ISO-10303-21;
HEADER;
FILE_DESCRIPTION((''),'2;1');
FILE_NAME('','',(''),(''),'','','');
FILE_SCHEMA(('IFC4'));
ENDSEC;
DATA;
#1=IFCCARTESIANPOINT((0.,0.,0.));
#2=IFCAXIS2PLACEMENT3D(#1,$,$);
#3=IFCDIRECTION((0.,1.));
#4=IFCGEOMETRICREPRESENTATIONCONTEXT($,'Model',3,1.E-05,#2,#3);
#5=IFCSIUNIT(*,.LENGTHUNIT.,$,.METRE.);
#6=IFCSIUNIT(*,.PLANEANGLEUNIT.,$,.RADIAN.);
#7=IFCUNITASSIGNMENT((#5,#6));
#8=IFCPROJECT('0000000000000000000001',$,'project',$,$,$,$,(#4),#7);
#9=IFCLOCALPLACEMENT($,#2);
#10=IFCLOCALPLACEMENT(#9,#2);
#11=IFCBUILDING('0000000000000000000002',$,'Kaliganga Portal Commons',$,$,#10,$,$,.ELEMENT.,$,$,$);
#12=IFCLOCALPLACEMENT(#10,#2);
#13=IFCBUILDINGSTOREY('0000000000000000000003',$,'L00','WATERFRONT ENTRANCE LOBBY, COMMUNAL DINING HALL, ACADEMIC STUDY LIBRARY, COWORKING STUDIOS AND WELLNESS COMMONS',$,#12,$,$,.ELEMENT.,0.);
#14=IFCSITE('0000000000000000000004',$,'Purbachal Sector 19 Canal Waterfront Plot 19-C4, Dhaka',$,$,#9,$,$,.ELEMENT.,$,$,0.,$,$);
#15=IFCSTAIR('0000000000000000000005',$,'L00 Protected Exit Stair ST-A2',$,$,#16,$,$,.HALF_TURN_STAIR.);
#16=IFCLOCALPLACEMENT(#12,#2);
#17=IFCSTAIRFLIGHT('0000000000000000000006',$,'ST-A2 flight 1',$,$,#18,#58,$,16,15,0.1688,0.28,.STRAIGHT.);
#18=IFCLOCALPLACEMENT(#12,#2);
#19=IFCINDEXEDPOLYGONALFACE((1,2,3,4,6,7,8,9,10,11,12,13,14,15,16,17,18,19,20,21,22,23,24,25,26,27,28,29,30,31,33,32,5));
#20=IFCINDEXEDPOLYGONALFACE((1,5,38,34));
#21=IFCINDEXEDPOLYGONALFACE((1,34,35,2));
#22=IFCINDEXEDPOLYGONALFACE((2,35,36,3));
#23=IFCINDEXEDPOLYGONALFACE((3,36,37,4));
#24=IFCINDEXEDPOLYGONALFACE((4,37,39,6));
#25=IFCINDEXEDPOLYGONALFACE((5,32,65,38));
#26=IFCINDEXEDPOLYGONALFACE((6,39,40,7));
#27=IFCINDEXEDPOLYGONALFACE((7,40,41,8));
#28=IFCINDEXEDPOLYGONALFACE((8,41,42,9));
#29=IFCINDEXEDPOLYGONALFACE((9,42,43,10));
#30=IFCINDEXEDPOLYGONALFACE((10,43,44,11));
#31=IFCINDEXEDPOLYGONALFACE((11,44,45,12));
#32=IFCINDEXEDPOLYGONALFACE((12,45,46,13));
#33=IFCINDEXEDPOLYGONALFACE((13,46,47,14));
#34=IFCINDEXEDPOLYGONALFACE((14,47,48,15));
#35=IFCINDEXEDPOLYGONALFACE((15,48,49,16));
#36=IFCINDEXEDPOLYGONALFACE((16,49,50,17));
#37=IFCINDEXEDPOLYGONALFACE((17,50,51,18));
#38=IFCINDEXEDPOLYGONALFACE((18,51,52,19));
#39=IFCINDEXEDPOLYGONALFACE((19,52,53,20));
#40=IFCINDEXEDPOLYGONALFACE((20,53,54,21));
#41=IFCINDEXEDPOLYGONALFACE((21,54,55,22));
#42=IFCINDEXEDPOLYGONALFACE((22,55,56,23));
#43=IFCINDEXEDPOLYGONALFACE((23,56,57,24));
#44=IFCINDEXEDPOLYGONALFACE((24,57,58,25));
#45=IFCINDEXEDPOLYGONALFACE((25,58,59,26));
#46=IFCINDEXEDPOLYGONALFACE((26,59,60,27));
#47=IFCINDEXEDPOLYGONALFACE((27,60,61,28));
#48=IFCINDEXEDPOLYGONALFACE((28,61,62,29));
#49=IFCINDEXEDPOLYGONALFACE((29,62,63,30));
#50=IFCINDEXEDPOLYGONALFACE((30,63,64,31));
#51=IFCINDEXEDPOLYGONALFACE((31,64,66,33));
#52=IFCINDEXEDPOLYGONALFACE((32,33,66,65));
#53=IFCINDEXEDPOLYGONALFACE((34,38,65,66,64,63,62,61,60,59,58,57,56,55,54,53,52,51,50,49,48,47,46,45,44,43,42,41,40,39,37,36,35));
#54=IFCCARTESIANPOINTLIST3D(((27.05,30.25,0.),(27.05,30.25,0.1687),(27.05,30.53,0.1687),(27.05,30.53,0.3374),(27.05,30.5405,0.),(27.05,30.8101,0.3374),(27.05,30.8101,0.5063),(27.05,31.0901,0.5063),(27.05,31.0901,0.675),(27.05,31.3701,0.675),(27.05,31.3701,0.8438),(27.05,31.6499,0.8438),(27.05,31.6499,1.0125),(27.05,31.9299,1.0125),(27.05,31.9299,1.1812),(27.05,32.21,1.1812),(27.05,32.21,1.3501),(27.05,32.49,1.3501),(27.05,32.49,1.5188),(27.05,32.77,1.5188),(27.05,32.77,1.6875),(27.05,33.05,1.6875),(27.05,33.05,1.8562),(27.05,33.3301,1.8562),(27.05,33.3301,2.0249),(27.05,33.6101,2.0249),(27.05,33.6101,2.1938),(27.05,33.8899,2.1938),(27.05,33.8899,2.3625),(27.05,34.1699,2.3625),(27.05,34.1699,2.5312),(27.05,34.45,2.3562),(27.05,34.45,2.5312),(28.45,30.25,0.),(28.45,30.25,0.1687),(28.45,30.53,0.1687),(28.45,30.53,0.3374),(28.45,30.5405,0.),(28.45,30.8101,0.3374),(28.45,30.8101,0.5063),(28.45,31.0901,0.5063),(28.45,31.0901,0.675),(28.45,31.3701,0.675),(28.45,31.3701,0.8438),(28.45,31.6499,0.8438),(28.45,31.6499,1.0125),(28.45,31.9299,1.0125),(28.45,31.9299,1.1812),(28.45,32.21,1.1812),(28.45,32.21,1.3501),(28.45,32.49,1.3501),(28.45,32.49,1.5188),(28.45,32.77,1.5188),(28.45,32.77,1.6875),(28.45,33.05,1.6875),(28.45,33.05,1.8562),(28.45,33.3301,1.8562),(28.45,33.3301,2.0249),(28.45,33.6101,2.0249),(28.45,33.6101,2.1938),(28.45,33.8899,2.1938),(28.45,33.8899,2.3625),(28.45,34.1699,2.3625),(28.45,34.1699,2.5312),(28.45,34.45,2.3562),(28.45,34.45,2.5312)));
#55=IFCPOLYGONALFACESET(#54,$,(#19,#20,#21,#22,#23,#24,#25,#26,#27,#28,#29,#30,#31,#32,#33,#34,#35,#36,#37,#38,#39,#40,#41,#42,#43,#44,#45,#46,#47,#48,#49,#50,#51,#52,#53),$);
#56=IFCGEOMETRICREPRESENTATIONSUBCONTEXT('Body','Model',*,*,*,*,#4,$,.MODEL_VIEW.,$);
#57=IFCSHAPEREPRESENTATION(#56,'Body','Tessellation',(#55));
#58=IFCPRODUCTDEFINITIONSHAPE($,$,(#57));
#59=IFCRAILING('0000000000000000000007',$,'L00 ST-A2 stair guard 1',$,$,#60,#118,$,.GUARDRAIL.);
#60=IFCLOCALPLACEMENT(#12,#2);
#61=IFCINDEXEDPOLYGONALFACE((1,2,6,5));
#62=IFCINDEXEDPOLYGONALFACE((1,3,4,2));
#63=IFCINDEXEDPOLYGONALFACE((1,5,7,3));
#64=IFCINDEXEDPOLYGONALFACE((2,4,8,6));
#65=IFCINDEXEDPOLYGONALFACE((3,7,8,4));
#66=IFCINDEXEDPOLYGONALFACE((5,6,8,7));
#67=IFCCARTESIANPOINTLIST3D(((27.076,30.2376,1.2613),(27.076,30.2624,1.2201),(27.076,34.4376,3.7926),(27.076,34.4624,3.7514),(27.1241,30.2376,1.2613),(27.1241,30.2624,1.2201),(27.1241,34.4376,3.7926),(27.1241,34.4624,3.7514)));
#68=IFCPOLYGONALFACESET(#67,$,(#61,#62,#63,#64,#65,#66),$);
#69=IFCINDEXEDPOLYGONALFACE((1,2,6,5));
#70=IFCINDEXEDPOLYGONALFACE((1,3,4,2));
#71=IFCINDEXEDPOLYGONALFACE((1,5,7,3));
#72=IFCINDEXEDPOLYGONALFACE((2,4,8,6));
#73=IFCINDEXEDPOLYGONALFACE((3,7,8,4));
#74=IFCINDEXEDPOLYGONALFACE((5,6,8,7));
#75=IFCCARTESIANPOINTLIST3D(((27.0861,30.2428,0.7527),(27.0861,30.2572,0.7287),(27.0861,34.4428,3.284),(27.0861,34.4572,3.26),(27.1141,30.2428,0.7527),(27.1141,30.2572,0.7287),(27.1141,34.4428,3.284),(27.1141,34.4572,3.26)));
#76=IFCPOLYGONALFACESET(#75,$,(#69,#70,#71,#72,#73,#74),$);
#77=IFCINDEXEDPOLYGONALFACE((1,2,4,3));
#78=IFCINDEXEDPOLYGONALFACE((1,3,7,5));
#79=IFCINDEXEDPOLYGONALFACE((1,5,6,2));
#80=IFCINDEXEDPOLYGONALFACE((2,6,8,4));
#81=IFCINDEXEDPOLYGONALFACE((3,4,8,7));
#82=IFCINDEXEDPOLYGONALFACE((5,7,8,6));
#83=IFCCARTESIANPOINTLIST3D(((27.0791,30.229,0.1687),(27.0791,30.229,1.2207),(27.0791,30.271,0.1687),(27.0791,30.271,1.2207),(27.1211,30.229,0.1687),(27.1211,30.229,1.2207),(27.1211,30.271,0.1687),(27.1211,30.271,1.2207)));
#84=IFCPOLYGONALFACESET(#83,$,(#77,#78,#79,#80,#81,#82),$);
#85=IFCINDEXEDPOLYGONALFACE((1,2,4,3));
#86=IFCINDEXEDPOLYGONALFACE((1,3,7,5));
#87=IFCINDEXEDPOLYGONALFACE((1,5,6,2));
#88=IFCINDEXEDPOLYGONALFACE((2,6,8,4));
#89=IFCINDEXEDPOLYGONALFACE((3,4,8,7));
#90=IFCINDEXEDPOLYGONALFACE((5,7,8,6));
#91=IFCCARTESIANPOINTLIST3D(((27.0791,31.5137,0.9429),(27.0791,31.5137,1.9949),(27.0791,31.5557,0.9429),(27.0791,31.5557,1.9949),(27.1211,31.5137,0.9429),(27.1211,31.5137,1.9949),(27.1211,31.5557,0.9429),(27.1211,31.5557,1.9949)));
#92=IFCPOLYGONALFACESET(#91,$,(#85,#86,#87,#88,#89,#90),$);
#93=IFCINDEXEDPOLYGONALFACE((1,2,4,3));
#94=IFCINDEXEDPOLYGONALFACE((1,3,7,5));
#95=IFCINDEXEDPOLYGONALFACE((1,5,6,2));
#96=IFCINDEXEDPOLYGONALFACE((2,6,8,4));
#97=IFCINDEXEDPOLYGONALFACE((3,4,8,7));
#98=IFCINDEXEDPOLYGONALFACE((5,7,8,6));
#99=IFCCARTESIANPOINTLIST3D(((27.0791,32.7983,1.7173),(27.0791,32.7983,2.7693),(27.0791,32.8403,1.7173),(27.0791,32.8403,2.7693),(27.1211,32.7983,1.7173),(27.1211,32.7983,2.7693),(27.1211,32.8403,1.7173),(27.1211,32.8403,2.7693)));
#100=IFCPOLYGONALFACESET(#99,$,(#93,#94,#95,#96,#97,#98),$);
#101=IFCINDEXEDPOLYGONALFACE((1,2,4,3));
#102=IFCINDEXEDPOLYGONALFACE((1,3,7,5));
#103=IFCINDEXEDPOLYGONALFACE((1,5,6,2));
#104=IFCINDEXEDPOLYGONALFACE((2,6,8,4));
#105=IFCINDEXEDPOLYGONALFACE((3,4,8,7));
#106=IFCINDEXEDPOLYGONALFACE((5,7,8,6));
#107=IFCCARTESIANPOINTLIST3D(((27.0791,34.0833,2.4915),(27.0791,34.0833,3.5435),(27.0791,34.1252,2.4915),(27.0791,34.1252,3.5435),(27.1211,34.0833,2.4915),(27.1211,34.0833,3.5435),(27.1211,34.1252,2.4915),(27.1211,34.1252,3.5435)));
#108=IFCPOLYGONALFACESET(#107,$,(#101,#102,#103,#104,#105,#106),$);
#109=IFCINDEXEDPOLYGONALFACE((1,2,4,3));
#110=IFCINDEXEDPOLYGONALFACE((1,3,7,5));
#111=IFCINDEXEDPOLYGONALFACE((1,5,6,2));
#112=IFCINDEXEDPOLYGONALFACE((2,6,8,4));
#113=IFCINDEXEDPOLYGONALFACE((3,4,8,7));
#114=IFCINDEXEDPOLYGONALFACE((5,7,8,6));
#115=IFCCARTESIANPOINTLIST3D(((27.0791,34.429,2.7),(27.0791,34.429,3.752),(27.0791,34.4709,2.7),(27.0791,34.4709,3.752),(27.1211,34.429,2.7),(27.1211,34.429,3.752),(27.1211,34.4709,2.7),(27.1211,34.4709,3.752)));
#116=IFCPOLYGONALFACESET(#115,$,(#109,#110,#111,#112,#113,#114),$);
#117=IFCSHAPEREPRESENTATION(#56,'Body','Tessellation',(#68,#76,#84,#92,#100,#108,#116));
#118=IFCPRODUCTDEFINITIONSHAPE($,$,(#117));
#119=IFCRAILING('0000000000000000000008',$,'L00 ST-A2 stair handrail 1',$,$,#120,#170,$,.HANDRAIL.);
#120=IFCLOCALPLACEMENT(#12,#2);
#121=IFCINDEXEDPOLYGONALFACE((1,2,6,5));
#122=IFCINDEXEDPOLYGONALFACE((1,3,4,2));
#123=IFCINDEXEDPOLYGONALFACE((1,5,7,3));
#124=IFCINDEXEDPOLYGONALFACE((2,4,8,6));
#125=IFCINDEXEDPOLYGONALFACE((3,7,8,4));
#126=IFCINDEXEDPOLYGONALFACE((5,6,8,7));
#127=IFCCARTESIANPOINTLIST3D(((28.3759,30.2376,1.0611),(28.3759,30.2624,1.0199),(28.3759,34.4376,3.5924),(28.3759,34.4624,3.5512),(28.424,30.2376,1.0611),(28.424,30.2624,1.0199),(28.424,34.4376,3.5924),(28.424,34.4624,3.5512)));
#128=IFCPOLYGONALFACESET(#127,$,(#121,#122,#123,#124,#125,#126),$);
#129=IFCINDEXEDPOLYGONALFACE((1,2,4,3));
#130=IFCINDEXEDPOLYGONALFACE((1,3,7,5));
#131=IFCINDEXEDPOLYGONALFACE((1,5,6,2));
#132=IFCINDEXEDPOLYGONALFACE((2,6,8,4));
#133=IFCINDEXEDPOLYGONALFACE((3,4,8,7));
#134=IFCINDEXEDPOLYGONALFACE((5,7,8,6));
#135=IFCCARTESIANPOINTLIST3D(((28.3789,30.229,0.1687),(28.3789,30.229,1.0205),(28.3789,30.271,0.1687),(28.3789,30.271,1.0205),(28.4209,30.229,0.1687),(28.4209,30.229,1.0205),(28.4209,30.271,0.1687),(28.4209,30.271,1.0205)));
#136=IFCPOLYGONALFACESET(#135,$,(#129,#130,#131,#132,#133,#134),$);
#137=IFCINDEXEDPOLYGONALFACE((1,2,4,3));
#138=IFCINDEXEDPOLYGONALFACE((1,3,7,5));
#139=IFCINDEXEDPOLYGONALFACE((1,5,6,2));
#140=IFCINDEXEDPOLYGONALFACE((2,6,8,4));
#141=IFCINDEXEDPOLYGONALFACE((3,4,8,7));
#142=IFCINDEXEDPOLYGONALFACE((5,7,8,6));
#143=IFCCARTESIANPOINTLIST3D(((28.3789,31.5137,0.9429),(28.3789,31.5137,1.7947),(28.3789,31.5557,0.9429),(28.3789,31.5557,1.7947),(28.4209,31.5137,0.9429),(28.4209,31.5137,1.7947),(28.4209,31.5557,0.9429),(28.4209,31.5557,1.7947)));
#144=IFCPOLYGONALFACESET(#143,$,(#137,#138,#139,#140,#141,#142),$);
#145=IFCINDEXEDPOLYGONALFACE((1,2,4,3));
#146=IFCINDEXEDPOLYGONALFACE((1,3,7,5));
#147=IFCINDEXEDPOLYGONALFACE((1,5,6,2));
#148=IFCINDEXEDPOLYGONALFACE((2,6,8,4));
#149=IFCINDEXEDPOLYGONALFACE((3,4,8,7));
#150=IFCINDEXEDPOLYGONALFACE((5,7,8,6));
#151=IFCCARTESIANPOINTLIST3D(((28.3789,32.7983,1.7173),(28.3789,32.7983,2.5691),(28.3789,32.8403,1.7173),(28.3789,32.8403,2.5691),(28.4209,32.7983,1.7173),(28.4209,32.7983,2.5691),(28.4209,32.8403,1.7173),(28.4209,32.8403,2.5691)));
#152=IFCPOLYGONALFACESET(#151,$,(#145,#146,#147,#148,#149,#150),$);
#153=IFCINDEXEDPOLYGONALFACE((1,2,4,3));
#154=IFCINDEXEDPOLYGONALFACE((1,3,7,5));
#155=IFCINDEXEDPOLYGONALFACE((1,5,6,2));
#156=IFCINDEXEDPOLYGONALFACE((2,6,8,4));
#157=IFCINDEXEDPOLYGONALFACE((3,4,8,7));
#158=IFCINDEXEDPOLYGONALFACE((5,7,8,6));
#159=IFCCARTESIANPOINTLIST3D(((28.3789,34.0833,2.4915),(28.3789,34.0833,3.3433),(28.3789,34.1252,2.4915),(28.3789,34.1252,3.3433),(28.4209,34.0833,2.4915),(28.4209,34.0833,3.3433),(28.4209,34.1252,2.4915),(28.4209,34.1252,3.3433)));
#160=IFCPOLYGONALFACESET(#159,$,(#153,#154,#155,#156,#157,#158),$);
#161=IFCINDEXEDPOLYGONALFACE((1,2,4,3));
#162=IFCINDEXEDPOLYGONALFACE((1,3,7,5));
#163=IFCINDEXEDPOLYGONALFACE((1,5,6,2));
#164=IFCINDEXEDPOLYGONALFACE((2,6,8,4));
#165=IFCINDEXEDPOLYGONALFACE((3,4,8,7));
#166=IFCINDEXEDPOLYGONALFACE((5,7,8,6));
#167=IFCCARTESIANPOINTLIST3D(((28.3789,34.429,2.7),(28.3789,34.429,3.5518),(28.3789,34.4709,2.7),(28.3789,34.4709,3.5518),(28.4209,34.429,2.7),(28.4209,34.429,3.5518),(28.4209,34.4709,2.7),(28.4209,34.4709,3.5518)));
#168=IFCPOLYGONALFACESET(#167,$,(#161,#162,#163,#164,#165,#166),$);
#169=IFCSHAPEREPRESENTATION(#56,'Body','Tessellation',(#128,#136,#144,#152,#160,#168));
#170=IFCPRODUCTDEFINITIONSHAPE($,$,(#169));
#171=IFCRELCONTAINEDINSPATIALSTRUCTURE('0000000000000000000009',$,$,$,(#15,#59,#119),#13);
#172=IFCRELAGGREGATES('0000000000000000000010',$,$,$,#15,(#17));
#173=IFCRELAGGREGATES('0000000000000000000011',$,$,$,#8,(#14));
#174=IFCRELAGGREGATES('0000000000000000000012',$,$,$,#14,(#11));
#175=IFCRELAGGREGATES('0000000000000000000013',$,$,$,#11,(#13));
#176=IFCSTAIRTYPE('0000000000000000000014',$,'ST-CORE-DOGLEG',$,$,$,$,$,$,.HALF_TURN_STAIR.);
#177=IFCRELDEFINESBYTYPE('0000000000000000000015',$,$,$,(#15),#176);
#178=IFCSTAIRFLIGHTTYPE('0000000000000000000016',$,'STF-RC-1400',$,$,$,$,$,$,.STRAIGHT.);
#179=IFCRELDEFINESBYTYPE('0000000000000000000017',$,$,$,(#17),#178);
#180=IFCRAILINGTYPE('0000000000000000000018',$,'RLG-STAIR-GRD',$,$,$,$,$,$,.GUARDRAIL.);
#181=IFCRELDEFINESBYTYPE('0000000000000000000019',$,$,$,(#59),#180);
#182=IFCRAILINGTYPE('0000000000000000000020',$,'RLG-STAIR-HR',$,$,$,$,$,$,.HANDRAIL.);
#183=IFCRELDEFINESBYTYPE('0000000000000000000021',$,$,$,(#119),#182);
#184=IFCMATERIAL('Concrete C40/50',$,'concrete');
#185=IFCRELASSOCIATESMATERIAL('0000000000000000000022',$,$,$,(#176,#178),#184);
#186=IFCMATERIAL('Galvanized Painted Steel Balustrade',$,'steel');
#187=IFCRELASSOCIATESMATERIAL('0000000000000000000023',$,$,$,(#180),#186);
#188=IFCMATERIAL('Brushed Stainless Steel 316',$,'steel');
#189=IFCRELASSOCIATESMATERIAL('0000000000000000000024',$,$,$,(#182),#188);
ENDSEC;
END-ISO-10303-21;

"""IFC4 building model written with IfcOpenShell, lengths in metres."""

from ifc_helpers import new_model, si_unit, direction, frame, origin, origin_2d, place, context, subcontext, project, spatial, polyline, rectangle, outline, extrude, material, type_object, element, aggregate, save


model = new_model("IFC4")

# Units and contexts
model_context = context("Model", 3, precision=1e-05, world=origin(), true_north=direction((0.0, 1.0)))
body_context = subcontext(model_context, "Body", "Model", "MODEL_VIEW")
ifc_project = project(units=[si_unit("LENGTHUNIT", "METRE"), si_unit("PLANEANGLEUNIT", "RADIAN")], contexts=[model_context])

# Site, building, storey
site_placement = place(None, origin())
site = spatial("IfcSite", under=ifc_project, at=site_placement, Name="Purbachal Sector 19 Canal Waterfront Plot 19-C4, Dhaka", CompositionType="ELEMENT", RefElevation=0.0)
building_placement = place(site_placement, origin())
building = spatial("IfcBuilding", under=site, at=building_placement, Name="Kaliganga Portal Commons", CompositionType="ELEMENT")
storey_placement = place(building_placement, origin())
storey = spatial("IfcBuildingStorey", under=building, at=storey_placement, Name="L00", Description="WATERFRONT ENTRANCE LOBBY, COMMUNAL DINING HALL, ACADEMIC STUDY LIBRARY, COWORKING STUDIOS AND WELLNESS COMMONS", CompositionType="ELEMENT", Elevation=0.0)

# Stair, stair flight
ifc_material_1 = material(Name="Concrete C40/50", Category="concrete")
stair_type = type_object("IfcStairType", Name="ST-CORE-DOGLEG", PredefinedType="HALF_TURN_STAIR", material=ifc_material_1)
stair_placement = place(storey_placement, origin())
stair = element("IfcStair", 1, at=stair_placement, inside=storey, type_object=stair_type, Name="L00 Protected Exit Stair ST-A2", PredefinedType="HALF_TURN_STAIR")
stair_flight_type = type_object("IfcStairFlightType", Name="STF-RC-1400", PredefinedType="STRAIGHT", material=ifc_material_1)
stair_flight_placement = place(storey_placement, frame((27.75, 30.25, 0.0), z_axis=(0.0, 0.0, 1.0), x_axis=(0.0, 1.0, 0.0)))
stair_flight = element("IfcStairFlight", 2, at=stair_flight_placement, type_object=stair_flight_type, Name="ST-A2 flight 1", NumberOfRisers=16, NumberOfTreads=15, PredefinedType="STRAIGHT", RiserHeight=0.1688, TreadLength=0.28, context=body_context, shape_type="SweptSolid", body=[
    extrude(outline(polyline([(0.0, 0.0), (0.0, 0.1687), (0.28, 0.1687), (0.28, 0.3374), (0.5601, 0.3374), (0.5601, 0.5063), (0.8401, 0.5063), (0.8401, 0.675), (1.1201, 0.675), (1.1201, 0.8438), (1.3999, 0.8438), (1.3999, 1.0125), (1.6799, 1.0125), (1.6799, 1.1812), (1.96, 1.1812), (1.96, 1.3501), (2.24, 1.3501), (2.24, 1.5188), (2.52, 1.5188), (2.52, 1.6875), (2.8, 1.6875), (2.8, 1.8562), (3.0801, 1.8562), (3.0801, 2.0249), (3.3601, 2.0249), (3.3601, 2.1938), (3.6399, 2.1938), (3.6399, 2.3625), (3.9199, 2.3625), (3.9199, 2.5312), (4.2, 2.5312), (4.2, 2.7), (4.2, 2.3562), (0.2905, 0.0), (0.0, 0.0)])), frame((0.0, 0.7, 0.0), z_axis=(0.0, -1.0, 0.0), x_axis=(1.0, 0.0, 0.0)), (0.0, 0.0, 1.0), 1.3999),
])
aggregate(stair, [stair_flight])

# Railings
ifc_material_2 = material(Name="Galvanized Painted Steel Balustrade", Category="steel")
railing_type_1 = type_object("IfcRailingType", Name="RLG-STAIR-GRD", PredefinedType="GUARDRAIL", material=ifc_material_2)
railing_1_placement = place(storey_placement, frame((27.1001, 30.25, 0.1687)))
element("IfcRailing", 3, at=railing_1_placement, inside=storey, type_object=railing_type_1, Name="L00 ST-A2 stair guard 1", PredefinedType="GUARDRAIL", context=body_context, shape_type="SweptSolid", body=[
    extrude(rectangle(XDim=0.0481, YDim=0.0481, at=origin_2d()), frame((0.0, 0.0, 1.072), z_axis=(0.0, 0.856476, 0.516186), x_axis=(-1.0, 0.0, 0.0)), (0.0, 0.0, 1.0), 4.9038),
    extrude(rectangle(XDim=0.0281, YDim=0.0281, at=origin_2d()), frame((0.0, 0.0, 0.572), z_axis=(0.0, 0.856476, 0.516186), x_axis=(-1.0, 0.0, 0.0)), (0.0, 0.0, 1.0), 4.9038),
    extrude(rectangle(XDim=0.042, YDim=0.042, at=origin_2d()), origin(), (0.0, 0.0, 1.0), 1.052),
    extrude(rectangle(XDim=0.042, YDim=0.042, at=origin_2d()), frame((0.0, 1.2847, 0.7742)), (0.0, 0.0, 1.0), 1.052),
    extrude(rectangle(XDim=0.042, YDim=0.042, at=origin_2d()), frame((0.0, 2.5693, 1.5486)), (0.0, 0.0, 1.0), 1.052),
    extrude(rectangle(XDim=0.042, YDim=0.042, at=origin_2d()), frame((0.0, 3.8542, 2.3228)), (0.0, 0.0, 1.0), 1.052),
    extrude(rectangle(XDim=0.042, YDim=0.042, at=origin_2d()), frame((0.0, 4.2, 2.5312)), (0.0, 0.0, 1.0), 1.052),
])
ifc_material_3 = material(Name="Brushed Stainless Steel 316", Category="steel")
railing_type_2 = type_object("IfcRailingType", Name="RLG-STAIR-HR", PredefinedType="HANDRAIL", material=ifc_material_3)
railing_2_placement = place(storey_placement, frame((28.3999, 30.25, 0.1687)))
element("IfcRailing", 4, at=railing_2_placement, inside=storey, type_object=railing_type_2, Name="L00 ST-A2 stair handrail 1", PredefinedType="HANDRAIL", context=body_context, shape_type="SweptSolid", body=[
    extrude(rectangle(XDim=0.0481, YDim=0.0481, at=origin_2d()), frame((0.0, 0.0, 0.8718), z_axis=(0.0, 0.856476, 0.516186), x_axis=(-1.0, 0.0, 0.0)), (0.0, 0.0, 1.0), 4.9038),
    extrude(rectangle(XDim=0.042, YDim=0.042, at=origin_2d()), origin(), (0.0, 0.0, 1.0), 0.8518),
    extrude(rectangle(XDim=0.042, YDim=0.042, at=origin_2d()), frame((0.0, 1.2847, 0.7742)), (0.0, 0.0, 1.0), 0.8518),
    extrude(rectangle(XDim=0.042, YDim=0.042, at=origin_2d()), frame((0.0, 2.5693, 1.5486)), (0.0, 0.0, 1.0), 0.8518),
    extrude(rectangle(XDim=0.042, YDim=0.042, at=origin_2d()), frame((0.0, 3.8542, 2.3228)), (0.0, 0.0, 1.0), 0.8518),
    extrude(rectangle(XDim=0.042, YDim=0.042, at=origin_2d()), frame((0.0, 4.2, 2.5312)), (0.0, 0.0, 1.0), 0.8518),
])

save(model, "model.ifc")
